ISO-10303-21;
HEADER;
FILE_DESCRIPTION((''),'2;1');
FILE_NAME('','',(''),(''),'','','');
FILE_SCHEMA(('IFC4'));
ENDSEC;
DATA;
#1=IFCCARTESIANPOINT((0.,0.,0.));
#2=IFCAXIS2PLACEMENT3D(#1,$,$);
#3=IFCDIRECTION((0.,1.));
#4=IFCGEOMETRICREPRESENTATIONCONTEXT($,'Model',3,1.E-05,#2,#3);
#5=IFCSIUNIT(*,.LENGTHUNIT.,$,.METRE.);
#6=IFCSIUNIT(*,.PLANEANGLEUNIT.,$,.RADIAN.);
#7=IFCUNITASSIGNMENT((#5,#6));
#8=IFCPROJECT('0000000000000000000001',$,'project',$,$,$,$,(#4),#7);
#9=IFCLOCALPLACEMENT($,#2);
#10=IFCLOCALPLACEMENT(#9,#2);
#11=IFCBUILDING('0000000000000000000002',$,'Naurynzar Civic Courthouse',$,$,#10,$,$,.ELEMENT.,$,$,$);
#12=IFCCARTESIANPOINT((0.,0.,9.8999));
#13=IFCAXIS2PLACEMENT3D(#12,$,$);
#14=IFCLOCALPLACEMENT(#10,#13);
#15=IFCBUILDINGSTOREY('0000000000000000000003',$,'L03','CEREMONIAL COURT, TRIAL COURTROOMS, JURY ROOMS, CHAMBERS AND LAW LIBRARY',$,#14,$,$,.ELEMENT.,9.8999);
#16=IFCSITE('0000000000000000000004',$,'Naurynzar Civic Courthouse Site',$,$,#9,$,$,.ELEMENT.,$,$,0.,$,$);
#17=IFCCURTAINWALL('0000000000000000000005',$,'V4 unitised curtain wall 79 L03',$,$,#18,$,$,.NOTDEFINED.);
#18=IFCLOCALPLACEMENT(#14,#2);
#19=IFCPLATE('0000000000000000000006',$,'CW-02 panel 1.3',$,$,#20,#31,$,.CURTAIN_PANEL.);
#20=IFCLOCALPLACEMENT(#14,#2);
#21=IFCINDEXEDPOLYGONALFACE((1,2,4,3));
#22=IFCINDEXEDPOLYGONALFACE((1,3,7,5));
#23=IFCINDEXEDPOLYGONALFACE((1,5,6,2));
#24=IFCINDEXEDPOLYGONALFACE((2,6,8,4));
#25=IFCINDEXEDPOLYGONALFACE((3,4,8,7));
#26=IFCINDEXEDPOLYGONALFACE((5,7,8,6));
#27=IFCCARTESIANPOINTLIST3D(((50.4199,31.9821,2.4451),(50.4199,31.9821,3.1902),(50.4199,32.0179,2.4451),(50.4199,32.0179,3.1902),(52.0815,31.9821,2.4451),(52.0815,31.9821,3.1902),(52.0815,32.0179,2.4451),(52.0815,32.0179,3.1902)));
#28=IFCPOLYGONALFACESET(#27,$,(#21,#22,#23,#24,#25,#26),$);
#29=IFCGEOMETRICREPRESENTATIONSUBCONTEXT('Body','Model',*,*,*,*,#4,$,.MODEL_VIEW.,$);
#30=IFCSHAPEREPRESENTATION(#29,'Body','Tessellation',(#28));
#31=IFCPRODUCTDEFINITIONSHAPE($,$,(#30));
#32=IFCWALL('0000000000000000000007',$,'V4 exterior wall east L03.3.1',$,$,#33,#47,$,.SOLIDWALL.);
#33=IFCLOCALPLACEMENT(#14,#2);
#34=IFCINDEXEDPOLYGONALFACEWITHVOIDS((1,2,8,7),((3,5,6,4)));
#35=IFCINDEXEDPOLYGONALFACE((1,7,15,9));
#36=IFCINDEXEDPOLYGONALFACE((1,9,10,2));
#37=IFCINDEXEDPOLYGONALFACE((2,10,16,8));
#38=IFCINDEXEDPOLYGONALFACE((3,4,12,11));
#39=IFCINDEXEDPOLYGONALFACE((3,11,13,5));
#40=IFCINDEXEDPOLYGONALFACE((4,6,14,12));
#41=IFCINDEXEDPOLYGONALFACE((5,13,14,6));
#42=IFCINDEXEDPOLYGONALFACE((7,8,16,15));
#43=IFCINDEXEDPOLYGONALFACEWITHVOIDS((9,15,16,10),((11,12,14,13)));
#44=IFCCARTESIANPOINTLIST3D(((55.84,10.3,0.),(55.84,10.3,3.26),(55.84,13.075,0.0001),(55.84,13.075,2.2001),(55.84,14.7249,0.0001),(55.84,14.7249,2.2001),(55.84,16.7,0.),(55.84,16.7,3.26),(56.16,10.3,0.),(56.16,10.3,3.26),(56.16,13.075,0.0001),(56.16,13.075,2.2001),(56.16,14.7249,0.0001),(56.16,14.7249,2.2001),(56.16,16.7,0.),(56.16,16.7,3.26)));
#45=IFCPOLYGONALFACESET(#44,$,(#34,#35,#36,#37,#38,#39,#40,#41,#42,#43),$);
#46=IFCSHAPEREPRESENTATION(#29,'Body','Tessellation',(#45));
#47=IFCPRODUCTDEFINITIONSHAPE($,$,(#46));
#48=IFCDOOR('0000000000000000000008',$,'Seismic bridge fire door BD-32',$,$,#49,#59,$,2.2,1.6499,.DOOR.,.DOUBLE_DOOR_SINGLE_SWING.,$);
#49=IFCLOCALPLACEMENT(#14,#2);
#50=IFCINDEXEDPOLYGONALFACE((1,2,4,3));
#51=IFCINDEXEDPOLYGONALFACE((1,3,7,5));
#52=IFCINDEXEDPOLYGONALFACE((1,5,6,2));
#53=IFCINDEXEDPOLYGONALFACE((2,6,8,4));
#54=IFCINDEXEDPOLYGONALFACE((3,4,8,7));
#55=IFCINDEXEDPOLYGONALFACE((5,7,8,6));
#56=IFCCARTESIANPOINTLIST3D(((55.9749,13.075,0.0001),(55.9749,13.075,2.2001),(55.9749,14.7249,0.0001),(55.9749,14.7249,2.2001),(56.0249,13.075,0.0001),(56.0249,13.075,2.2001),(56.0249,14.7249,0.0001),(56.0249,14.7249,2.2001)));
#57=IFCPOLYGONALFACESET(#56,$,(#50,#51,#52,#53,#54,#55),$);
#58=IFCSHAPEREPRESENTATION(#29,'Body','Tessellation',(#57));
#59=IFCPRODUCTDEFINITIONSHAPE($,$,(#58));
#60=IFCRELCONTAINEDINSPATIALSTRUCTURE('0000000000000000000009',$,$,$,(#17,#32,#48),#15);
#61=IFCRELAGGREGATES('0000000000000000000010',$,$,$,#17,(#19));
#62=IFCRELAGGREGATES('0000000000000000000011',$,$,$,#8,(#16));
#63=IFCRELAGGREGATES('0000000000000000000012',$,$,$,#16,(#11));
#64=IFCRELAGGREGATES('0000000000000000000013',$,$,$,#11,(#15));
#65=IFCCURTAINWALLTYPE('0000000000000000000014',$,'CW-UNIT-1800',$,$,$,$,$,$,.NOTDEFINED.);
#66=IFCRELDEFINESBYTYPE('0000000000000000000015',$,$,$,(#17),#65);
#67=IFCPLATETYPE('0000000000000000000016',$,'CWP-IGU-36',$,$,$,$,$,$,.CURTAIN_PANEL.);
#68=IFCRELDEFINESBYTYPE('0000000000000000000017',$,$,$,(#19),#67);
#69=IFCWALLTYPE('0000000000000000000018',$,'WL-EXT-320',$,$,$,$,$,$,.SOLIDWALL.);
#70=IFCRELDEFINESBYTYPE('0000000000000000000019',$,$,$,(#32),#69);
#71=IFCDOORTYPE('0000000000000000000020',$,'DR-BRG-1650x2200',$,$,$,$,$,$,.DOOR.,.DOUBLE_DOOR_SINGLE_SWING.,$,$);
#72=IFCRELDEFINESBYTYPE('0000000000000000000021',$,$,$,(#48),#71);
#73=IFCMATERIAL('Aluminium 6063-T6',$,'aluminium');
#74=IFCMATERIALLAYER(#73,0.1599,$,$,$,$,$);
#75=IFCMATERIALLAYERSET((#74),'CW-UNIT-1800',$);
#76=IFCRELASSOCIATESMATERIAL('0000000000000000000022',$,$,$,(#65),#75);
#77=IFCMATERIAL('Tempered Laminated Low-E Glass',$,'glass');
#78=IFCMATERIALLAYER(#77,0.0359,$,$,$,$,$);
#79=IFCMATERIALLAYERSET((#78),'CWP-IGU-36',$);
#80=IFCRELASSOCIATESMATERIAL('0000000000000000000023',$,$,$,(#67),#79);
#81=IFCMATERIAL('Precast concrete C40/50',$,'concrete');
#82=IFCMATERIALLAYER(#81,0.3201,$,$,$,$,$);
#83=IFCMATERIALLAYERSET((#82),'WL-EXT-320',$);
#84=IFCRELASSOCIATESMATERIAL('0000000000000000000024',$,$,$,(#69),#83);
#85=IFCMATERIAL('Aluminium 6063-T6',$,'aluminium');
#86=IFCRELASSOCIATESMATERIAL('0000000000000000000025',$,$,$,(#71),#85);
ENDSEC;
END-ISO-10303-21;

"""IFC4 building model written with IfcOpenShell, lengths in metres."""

from ifc_helpers import new_model, si_unit, direction, frame, frame_2d, origin, origin_2d, place, context, subcontext, project, spatial, rectangle, extrude, material, layer, layer_set, type_object, element, fill, aggregate, save


model = new_model("IFC4")

# Units and contexts
model_context = context("Model", 3, precision=1e-05, world=origin(), true_north=direction((0.0, 1.0)))
body_context = subcontext(model_context, "Body", "Model", "MODEL_VIEW")
ifc_project = project(units=[si_unit("LENGTHUNIT", "METRE"), si_unit("PLANEANGLEUNIT", "RADIAN")], contexts=[model_context])

# Site, building, storey
site_placement = place(None, origin())
site = spatial("IfcSite", under=ifc_project, at=site_placement, Name="Naurynzar Civic Courthouse Site", CompositionType="ELEMENT", RefElevation=0.0)
building_placement = place(site_placement, origin())
building = spatial("IfcBuilding", under=site, at=building_placement, Name="Naurynzar Civic Courthouse", CompositionType="ELEMENT")
storey_placement = place(building_placement, frame((0.0, 0.0, 9.8999)))
storey = spatial("IfcBuildingStorey", under=building, at=storey_placement, Name="L03", Description="CEREMONIAL COURT, TRIAL COURTROOMS, JURY ROOMS, CHAMBERS AND LAW LIBRARY", CompositionType="ELEMENT", Elevation=9.8999)

# Curtain wall, plate
ifc_material_1 = material(Name="Aluminium 6063-T6", Category="aluminium")
ifc_layer_1 = layer(ifc_material_1, 0.1599)
ifc_layer_set_1 = layer_set([ifc_layer_1], Name="CW-UNIT-1800")
curtain_wall_type = type_object("IfcCurtainWallType", Name="CW-UNIT-1800", PredefinedType="NOTDEFINED", material=ifc_layer_set_1)
curtain_wall_placement = place(storey_placement, origin())
curtain_wall = element("IfcCurtainWall", 1, at=curtain_wall_placement, inside=storey, type_object=curtain_wall_type, Name="V4 unitised curtain wall 79 L03", PredefinedType="NOTDEFINED")
ifc_material_2 = material(Name="Tempered Laminated Low-E Glass", Category="glass")
ifc_layer_2 = layer(ifc_material_2, 0.0359)
ifc_layer_set_2 = layer_set([ifc_layer_2], Name="CWP-IGU-36")
plate_type = type_object("IfcPlateType", Name="CWP-IGU-36", PredefinedType="CURTAIN_PANEL", material=ifc_layer_set_2)
plate_1_placement = place(storey_placement, frame((51.2507, 32.0, 2.4451), z_axis=(0.0, 0.0, 1.0), x_axis=(1.0, 0.0, 0.0)))
plate_1 = element("IfcPlate", 2, at=plate_1_placement, type_object=plate_type, Name="CW-02 panel 1.3", PredefinedType="CURTAIN_PANEL", context=body_context, shape_type="SweptSolid", body=[
    extrude(rectangle(XDim=1.6616, YDim=0.0359, at=origin_2d()), origin(), (0.0, 0.0, 1.0), 0.7451),
])
aggregate(curtain_wall, [plate_1])

# Wall, opening, door
ifc_material_3 = material(Name="Precast concrete C40/50", Category="concrete")
ifc_layer_3 = layer(ifc_material_3, 0.3201)
ifc_layer_set_3 = layer_set([ifc_layer_3], Name="WL-EXT-320")
wall_type_1 = type_object("IfcWallType", Name="WL-EXT-320", PredefinedType="SOLIDWALL", material=ifc_layer_set_3)
wall_1_placement = place(storey_placement, frame((56.0, 16.7, 0.0), z_axis=(0.0, 0.0, 1.0), x_axis=(0.0, -1.0, 0.0)))
wall_1 = element("IfcWall", 3, at=wall_1_placement, inside=storey, type_object=wall_type_1, Name="V4 exterior wall east L03.3.1", PredefinedType="SOLIDWALL", context=body_context, shape_type="SweptSolid", body=[
    extrude(rectangle(XDim=6.3999, YDim=0.3201, at=frame_2d((3.2, 0.0))), origin(), (0.0, 0.0, 1.0), 3.26),
])
opening_1_placement = place(wall_1_placement, frame((1.9751, 0.0, 0.0)))
opening_1 = element("IfcOpeningElement", 4, at=opening_1_placement, cuts=wall_1, PredefinedType="OPENING", context=body_context, shape_type="SweptSolid", body=[
    extrude(rectangle(XDim=1.6499, YDim=2.2, at=frame_2d((0.825, 1.1001))), frame((0.0, 0.1699, 0.0), z_axis=(0.0, -1.0, 0.0), x_axis=(1.0, 0.0, 0.0)), (0.0, 0.0, 1.0), 0.3401),
])
ifc_material_4 = material(Name="Aluminium 6063-T6", Category="aluminium")
door_type_1 = type_object("IfcDoorType", Name="DR-BRG-1650x2200", OperationType="DOUBLE_DOOR_SINGLE_SWING", PredefinedType="DOOR", material=ifc_material_4)
door_1_placement = place(opening_1_placement, origin())
door_1 = element("IfcDoor", 5, at=door_1_placement, inside=storey, type_object=door_type_1, Name="Seismic bridge fire door BD-32", OperationType="DOUBLE_DOOR_SINGLE_SWING", OverallHeight=2.2, OverallWidth=1.6499, PredefinedType="DOOR", context=body_context, shape_type="SweptSolid", body=[
    extrude(rectangle(XDim=1.6499, YDim=2.2, at=frame_2d((0.825, 1.1001))), frame((0.0, 0.0249, 0.0), z_axis=(0.0, -1.0, 0.0), x_axis=(1.0, 0.0, 0.0)), (0.0, 0.0, 1.0), 0.05),
])
fill(opening_1, door_1)

save(model, "model.ifc")
